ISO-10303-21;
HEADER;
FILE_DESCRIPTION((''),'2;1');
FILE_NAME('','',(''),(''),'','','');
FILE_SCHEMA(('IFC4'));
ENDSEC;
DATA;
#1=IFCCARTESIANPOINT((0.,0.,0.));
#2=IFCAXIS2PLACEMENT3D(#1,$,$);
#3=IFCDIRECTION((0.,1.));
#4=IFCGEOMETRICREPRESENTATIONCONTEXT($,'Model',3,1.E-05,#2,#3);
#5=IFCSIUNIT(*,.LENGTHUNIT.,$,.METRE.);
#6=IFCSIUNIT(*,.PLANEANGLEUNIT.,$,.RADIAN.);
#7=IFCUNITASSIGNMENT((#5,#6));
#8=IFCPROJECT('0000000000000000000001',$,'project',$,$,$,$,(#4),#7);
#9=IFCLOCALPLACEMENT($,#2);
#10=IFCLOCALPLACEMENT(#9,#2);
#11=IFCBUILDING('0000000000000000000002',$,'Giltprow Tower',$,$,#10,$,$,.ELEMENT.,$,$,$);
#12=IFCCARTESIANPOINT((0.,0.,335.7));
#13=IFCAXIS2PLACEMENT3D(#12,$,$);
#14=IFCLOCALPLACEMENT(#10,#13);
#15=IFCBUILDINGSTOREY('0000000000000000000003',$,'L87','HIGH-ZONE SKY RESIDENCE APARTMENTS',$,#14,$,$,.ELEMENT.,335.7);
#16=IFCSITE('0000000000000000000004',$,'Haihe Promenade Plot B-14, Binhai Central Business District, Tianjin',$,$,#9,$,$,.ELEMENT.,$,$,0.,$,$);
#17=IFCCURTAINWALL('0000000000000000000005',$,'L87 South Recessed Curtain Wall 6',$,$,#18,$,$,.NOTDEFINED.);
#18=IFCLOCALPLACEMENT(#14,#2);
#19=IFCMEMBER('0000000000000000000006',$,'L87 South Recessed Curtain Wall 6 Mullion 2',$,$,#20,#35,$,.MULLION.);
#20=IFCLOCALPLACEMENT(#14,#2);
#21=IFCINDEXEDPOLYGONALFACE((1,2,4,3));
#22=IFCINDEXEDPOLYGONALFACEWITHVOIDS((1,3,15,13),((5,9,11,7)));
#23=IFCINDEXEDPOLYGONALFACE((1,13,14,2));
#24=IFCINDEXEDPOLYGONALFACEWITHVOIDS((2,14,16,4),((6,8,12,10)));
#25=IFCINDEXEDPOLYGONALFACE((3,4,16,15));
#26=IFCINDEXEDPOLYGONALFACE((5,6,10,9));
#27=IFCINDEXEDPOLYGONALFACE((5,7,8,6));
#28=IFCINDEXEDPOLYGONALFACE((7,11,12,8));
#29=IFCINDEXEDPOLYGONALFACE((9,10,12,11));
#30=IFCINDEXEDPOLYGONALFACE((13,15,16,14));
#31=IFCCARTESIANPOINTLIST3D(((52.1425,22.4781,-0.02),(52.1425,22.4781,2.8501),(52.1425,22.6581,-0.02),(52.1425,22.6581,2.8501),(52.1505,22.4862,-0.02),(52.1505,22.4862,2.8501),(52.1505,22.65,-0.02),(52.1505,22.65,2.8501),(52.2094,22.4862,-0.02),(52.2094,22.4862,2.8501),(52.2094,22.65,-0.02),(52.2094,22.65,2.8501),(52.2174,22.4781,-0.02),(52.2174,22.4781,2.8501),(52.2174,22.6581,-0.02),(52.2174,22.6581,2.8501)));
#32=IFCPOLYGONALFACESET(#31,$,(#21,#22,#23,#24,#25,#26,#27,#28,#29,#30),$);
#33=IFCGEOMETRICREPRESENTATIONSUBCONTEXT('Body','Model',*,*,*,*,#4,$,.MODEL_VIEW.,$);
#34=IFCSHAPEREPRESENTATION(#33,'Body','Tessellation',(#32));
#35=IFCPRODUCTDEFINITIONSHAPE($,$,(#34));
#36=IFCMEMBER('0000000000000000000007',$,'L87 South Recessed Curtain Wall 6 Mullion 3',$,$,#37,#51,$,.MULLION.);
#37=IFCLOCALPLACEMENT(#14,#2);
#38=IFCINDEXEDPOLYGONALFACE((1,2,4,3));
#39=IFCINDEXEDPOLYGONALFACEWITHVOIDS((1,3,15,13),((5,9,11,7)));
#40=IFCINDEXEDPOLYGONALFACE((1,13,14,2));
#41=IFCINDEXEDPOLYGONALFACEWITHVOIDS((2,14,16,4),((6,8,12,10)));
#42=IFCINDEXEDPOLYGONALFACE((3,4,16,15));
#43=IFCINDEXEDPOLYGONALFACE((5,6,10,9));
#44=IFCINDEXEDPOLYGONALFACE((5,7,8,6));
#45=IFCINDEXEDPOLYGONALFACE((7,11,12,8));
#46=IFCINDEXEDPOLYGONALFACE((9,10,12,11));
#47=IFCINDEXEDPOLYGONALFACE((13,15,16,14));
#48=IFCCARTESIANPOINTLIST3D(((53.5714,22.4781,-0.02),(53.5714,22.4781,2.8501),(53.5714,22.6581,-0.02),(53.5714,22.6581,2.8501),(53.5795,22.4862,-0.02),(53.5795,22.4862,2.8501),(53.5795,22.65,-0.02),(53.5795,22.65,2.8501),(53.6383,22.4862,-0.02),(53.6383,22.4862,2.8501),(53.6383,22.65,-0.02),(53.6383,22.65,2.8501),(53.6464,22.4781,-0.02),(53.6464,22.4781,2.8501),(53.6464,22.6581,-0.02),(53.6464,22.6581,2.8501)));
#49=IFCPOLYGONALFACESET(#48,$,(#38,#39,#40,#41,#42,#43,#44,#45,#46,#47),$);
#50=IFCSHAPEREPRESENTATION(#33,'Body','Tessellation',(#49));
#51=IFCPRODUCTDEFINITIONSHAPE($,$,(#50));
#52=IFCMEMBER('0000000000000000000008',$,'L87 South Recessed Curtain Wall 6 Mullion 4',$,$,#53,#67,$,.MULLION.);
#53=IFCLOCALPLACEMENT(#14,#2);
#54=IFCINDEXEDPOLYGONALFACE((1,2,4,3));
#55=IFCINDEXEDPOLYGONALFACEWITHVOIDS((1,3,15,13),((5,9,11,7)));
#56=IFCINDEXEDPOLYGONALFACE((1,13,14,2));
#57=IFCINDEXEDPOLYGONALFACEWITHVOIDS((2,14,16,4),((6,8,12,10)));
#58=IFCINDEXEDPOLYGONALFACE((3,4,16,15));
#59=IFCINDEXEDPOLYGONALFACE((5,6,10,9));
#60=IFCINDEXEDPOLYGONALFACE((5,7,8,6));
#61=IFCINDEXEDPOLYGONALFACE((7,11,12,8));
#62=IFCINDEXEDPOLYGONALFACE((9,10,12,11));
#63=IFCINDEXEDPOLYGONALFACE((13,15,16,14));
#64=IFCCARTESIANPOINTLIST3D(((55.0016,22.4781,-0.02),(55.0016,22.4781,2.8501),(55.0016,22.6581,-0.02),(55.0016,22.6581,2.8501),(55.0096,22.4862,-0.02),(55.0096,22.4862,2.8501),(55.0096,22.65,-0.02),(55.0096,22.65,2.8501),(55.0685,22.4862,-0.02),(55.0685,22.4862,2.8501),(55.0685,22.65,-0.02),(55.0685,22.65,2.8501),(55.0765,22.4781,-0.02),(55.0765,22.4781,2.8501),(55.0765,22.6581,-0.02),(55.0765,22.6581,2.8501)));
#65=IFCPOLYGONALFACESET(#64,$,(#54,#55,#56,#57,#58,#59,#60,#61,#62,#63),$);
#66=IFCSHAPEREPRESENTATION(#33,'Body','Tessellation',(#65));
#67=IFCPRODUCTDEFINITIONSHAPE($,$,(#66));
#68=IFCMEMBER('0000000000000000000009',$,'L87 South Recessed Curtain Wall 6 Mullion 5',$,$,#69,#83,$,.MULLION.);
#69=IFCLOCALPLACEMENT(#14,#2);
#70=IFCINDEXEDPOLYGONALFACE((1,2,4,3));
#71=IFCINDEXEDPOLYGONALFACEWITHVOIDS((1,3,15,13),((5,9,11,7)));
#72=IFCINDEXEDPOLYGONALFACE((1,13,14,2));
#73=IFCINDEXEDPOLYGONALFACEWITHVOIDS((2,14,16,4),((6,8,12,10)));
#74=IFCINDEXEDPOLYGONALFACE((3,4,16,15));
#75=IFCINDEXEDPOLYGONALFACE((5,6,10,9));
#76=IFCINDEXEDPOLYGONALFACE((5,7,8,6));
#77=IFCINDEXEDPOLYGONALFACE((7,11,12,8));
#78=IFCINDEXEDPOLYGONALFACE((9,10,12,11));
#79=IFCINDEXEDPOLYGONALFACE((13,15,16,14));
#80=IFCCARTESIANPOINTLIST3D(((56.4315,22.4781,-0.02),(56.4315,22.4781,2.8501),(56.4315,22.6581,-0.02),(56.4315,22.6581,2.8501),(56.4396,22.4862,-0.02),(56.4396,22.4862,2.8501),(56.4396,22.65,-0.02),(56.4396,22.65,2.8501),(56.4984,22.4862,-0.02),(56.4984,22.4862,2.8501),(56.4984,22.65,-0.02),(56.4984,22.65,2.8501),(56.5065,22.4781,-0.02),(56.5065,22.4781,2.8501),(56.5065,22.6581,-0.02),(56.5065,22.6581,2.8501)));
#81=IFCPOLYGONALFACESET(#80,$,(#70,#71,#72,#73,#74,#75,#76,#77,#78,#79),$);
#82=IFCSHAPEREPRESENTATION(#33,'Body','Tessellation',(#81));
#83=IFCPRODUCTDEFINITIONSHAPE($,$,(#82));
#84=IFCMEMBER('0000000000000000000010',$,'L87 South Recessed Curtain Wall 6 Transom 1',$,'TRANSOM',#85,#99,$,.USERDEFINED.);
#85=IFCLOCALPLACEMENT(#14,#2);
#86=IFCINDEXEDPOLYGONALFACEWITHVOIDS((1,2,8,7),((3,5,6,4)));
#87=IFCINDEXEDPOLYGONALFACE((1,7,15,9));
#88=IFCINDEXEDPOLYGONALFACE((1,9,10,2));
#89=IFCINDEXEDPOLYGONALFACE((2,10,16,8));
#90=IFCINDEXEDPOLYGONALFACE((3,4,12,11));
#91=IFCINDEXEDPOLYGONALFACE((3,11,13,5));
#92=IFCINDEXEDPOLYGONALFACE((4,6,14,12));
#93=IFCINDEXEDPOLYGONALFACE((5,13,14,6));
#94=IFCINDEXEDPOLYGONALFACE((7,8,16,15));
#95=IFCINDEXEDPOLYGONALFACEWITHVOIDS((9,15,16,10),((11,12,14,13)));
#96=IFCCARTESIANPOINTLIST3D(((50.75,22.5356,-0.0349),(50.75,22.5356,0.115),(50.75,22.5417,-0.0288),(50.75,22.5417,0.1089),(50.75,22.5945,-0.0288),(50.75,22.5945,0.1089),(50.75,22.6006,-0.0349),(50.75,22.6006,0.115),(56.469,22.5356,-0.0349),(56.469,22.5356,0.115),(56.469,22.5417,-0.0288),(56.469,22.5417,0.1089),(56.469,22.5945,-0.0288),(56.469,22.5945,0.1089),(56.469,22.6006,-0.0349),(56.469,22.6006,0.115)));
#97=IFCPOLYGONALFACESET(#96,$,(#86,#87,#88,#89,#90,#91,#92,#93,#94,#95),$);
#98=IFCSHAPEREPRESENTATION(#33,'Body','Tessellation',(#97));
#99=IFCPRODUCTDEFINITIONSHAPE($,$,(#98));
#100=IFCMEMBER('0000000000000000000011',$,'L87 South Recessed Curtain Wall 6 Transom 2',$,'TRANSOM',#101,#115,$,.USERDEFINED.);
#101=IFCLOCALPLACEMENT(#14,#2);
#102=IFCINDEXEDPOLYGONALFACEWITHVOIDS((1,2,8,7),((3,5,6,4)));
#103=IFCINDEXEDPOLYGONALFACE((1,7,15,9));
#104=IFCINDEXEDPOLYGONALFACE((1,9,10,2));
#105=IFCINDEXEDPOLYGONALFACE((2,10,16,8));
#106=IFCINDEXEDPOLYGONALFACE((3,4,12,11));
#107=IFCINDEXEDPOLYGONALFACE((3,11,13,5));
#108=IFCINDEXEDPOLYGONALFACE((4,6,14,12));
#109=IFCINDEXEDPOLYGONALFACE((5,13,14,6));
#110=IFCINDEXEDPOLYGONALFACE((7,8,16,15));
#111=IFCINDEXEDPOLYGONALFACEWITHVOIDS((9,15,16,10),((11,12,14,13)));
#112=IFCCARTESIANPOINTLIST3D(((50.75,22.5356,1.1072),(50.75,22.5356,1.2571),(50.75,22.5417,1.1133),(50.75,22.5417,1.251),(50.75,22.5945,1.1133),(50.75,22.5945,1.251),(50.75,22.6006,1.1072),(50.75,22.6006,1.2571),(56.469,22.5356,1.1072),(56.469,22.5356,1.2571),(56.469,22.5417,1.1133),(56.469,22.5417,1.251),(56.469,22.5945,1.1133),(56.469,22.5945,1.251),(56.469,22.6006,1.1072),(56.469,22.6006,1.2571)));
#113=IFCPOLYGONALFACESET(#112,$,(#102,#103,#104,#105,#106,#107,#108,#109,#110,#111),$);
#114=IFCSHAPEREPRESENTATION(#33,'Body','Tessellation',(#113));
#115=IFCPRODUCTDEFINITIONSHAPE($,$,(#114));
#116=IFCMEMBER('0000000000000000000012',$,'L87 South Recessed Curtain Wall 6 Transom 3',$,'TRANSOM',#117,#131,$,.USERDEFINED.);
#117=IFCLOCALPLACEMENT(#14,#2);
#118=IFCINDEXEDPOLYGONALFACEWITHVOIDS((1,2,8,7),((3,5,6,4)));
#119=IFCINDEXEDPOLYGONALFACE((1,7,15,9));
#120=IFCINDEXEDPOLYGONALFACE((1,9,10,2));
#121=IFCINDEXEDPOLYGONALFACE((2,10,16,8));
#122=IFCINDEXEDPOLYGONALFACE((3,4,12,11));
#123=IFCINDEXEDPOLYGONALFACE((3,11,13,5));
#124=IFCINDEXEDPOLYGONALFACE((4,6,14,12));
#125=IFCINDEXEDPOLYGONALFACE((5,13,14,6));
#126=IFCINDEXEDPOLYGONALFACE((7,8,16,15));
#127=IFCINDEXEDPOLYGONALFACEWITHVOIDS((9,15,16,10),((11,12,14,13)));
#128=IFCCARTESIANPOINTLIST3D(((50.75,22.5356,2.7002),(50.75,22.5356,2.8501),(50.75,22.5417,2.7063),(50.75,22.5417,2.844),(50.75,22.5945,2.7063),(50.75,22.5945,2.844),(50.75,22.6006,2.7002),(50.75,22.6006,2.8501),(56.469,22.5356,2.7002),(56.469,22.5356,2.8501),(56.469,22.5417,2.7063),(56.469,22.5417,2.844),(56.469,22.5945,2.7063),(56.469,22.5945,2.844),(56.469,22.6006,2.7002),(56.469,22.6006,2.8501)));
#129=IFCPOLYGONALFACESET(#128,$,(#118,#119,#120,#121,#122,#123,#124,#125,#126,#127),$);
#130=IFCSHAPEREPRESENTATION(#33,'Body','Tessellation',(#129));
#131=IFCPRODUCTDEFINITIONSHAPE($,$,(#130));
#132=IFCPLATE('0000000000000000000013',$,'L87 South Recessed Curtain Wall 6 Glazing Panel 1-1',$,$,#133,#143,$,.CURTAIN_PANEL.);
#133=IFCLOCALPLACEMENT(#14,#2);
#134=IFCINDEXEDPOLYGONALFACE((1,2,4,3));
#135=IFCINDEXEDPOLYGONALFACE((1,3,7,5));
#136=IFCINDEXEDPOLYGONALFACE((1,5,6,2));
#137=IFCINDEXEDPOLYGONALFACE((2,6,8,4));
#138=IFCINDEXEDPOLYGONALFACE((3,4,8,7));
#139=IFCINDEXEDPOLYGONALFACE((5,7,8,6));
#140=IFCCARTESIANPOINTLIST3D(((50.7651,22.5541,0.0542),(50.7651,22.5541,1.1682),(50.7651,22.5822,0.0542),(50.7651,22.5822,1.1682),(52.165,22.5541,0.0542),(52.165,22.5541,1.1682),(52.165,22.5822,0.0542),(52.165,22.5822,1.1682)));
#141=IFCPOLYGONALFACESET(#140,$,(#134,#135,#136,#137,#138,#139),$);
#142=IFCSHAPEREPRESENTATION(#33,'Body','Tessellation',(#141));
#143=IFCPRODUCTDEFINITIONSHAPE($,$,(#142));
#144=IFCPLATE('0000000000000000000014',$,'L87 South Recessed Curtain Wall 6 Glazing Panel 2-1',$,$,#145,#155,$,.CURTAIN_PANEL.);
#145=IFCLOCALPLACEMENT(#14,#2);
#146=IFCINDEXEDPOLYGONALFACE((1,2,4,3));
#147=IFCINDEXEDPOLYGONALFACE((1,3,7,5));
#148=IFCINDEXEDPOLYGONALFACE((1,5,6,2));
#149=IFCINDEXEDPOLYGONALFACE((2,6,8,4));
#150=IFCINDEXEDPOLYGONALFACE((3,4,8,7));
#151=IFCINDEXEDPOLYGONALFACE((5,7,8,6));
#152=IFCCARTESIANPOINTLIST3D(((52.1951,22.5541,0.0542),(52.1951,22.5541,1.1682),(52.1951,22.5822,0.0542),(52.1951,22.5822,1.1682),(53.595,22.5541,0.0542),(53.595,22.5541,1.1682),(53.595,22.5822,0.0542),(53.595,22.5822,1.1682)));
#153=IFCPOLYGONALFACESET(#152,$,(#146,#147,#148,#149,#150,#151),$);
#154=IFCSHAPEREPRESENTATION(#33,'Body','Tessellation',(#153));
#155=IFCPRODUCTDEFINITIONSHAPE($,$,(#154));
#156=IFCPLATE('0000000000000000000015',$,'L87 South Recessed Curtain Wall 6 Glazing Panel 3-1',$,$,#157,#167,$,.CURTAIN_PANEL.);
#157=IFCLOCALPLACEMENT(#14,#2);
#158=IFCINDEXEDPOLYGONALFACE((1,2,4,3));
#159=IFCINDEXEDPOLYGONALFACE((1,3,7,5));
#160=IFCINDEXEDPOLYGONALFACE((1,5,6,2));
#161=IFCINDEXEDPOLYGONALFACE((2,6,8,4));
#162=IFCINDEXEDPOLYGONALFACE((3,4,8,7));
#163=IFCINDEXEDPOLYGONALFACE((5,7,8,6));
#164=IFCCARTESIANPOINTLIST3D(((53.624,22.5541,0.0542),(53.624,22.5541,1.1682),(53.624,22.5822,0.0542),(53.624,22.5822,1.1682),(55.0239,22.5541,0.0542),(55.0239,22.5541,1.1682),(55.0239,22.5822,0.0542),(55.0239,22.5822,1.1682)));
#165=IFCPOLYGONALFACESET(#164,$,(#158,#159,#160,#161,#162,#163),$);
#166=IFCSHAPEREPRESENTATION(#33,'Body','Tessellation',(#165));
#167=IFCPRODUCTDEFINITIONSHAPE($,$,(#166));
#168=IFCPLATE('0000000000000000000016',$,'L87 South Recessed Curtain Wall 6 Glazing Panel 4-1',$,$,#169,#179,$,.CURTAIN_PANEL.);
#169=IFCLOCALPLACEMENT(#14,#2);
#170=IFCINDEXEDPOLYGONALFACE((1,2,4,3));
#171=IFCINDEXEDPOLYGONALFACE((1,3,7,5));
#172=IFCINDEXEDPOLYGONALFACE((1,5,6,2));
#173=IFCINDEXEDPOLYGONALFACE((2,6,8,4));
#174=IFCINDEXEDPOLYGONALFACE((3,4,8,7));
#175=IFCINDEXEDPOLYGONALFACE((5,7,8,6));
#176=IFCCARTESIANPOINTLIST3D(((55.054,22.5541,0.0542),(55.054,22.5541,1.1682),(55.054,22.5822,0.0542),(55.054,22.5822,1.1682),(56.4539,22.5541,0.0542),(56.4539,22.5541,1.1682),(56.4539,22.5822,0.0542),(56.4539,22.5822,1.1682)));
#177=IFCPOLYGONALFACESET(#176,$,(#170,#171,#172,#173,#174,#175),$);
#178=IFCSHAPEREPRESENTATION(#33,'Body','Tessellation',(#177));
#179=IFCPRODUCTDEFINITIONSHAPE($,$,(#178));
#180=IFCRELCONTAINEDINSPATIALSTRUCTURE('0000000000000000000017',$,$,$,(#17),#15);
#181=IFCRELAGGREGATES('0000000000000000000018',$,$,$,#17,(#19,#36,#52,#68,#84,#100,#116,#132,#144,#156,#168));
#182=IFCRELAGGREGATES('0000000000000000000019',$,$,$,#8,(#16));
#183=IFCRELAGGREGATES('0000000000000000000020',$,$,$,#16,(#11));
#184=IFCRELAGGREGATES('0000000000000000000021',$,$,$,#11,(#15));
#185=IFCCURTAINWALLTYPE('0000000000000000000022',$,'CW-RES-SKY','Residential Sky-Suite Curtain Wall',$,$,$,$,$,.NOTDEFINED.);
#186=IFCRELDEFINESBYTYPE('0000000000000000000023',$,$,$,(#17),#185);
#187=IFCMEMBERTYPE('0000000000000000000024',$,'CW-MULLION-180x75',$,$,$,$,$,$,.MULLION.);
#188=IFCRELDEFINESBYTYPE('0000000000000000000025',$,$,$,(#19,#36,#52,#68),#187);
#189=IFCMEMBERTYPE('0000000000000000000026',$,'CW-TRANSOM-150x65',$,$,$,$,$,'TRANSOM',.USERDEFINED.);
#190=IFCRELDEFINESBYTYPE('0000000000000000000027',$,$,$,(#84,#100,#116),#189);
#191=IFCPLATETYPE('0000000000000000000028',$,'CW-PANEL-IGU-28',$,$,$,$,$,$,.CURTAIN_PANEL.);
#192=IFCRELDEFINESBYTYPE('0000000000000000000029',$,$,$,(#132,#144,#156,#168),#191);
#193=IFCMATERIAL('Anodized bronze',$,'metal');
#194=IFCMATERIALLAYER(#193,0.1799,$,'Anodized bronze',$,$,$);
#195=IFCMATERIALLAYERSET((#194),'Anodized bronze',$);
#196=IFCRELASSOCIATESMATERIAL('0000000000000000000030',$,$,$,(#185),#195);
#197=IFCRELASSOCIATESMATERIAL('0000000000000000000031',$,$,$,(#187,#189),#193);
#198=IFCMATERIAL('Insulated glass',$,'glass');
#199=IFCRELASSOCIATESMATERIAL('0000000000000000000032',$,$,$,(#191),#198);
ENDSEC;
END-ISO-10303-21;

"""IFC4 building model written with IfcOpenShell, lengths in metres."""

from ifc_helpers import new_model, si_unit, direction, frame, origin, origin_2d, place, context, subcontext, project, spatial, rectangle, hollow_rectangle, extrude, source, transform, mapped, material, layer, layer_set, material_profile, profile_set, type_object, element, aggregate, save


model = new_model("IFC4")

# Units and contexts
model_context = context("Model", 3, precision=1e-05, world=origin(), true_north=direction((0.0, 1.0)))
body_context = subcontext(model_context, "Body", "Model", "MODEL_VIEW")
ifc_project = project(units=[si_unit("LENGTHUNIT", "METRE"), si_unit("PLANEANGLEUNIT", "RADIAN")], contexts=[model_context])

# Site, building, storey
site_placement = place(None, origin())
site = spatial("IfcSite", under=ifc_project, at=site_placement, Name="Haihe Promenade Plot B-14, Binhai Central Business District, Tianjin", CompositionType="ELEMENT", RefElevation=0.0)
building_placement = place(site_placement, origin())
building = spatial("IfcBuilding", under=site, at=building_placement, Name="Giltprow Tower", CompositionType="ELEMENT")
storey_placement = place(building_placement, frame((0.0, 0.0, 335.7)))
storey = spatial("IfcBuildingStorey", under=building, at=storey_placement, Name="L87", Description="HIGH-ZONE SKY RESIDENCE APARTMENTS", CompositionType="ELEMENT", Elevation=335.7)

# Curtain wall, members, plates
ifc_material_1 = material(Name="Anodized bronze", Category="metal")
ifc_layer_1 = layer(ifc_material_1, 0.1799, Name="Anodized bronze")
ifc_layer_set_1 = layer_set([ifc_layer_1], Name="Anodized bronze")
curtain_wall_type = type_object("IfcCurtainWallType", Name="CW-RES-SKY", Description="Residential Sky-Suite Curtain Wall", PredefinedType="NOTDEFINED", material=ifc_layer_set_1)
curtain_wall_placement = place(storey_placement, origin())
curtain_wall = element("IfcCurtainWall", 1, at=curtain_wall_placement, inside=storey, type_object=curtain_wall_type, Name="L87 South Recessed Curtain Wall 6", PredefinedType="NOTDEFINED")
ifc_material_profile_1 = material_profile(ifc_material_1, hollow_rectangle(XDim=0.075, YDim=0.1799, WallThickness=0.0081, at=origin_2d()), Name="RHS 180x75x8")
ifc_profile_set_1 = profile_set([ifc_material_profile_1], Name="Anodized bronze")
member_type_1 = type_object("IfcMemberType", Name="CW-MULLION-180x75", PredefinedType="MULLION", material=ifc_profile_set_1)
shared_shape_1 = source(origin(), body_context, "Body", "SweptSolid", [
    extrude(hollow_rectangle(XDim=0.075, YDim=0.1799, WallThickness=0.0081, at=origin_2d()), origin(), (0.0, 0.0, 1.0), 2.8701),
])
member_1_placement = place(storey_placement, frame((52.1799, 22.5681, -0.02), z_axis=(0.0, 0.0, 1.0), x_axis=(1.0, 0.0, 0.0)))
member_1 = element("IfcMember", 2, at=member_1_placement, type_object=member_type_1, Name="L87 South Recessed Curtain Wall 6 Mullion 2", PredefinedType="MULLION", context=body_context, shape_type="MappedRepresentation", body=[
    mapped(shared_shape_1, transform((0.0, 0.0, 0.0), x_axis=(1.0, 0.0, 0.0), y_axis=(0.0, 1.0, 0.0), z_axis=(0.0, 0.0, 1.0), scale=1.0)),
])
member_2_placement = place(storey_placement, frame((53.6089, 22.5681, -0.02), z_axis=(0.0, 0.0, 1.0), x_axis=(1.0, 0.0, 0.0)))
member_2 = element("IfcMember", 3, at=member_2_placement, type_object=member_type_1, Name="L87 South Recessed Curtain Wall 6 Mullion 3", PredefinedType="MULLION", context=body_context, shape_type="MappedRepresentation", body=[
    mapped(shared_shape_1, transform((0.0, 0.0, 0.0), x_axis=(1.0, 0.0, 0.0), y_axis=(0.0, 1.0, 0.0), z_axis=(0.0, 0.0, 1.0), scale=1.0)),
])
member_3_placement = place(storey_placement, frame((55.0391, 22.5681, -0.02), z_axis=(0.0, 0.0, 1.0), x_axis=(1.0, 0.0, 0.0)))
member_3 = element("IfcMember", 4, at=member_3_placement, type_object=member_type_1, Name="L87 South Recessed Curtain Wall 6 Mullion 4", PredefinedType="MULLION", context=body_context, shape_type="MappedRepresentation", body=[
    mapped(shared_shape_1, transform((0.0, 0.0, 0.0), x_axis=(1.0, 0.0, 0.0), y_axis=(0.0, 1.0, 0.0), z_axis=(0.0, 0.0, 1.0), scale=1.0)),
])
member_4_placement = place(storey_placement, frame((56.469, 22.5681, -0.02), z_axis=(0.0, 0.0, 1.0), x_axis=(1.0, 0.0, 0.0)))
member_4 = element("IfcMember", 5, at=member_4_placement, type_object=member_type_1, Name="L87 South Recessed Curtain Wall 6 Mullion 5", PredefinedType="MULLION", context=body_context, shape_type="MappedRepresentation", body=[
    mapped(shared_shape_1, transform((0.0, 0.0, 0.0), x_axis=(1.0, 0.0, 0.0), y_axis=(0.0, 1.0, 0.0), z_axis=(0.0, 0.0, 1.0), scale=1.0)),
])
ifc_material_profile_2 = material_profile(ifc_material_1, hollow_rectangle(XDim=0.0649, YDim=0.1499, WallThickness=0.0061, at=origin_2d()), Name="RHS 150x65x6")
ifc_profile_set_2 = profile_set([ifc_material_profile_2], Name="Anodized bronze")
member_type_2 = type_object("IfcMemberType", Name="CW-TRANSOM-150x65", ElementType="TRANSOM", PredefinedType="USERDEFINED", material=ifc_profile_set_2)
shared_shape_2 = source(origin(), body_context, "Body", "SweptSolid", [
    extrude(hollow_rectangle(XDim=0.0649, YDim=0.1499, WallThickness=0.0061, at=origin_2d()), origin(), (0.0, 0.0, 1.0), 5.719),
])
member_5_placement = place(storey_placement, frame((50.75, 22.5681, 0.04), z_axis=(1.0, 0.0, 0.0), x_axis=(0.0, 1.0, 0.0)))
member_5 = element("IfcMember", 6, at=member_5_placement, type_object=member_type_2, Name="L87 South Recessed Curtain Wall 6 Transom 1", ObjectType="TRANSOM", PredefinedType="USERDEFINED", context=body_context, shape_type="MappedRepresentation", body=[
    mapped(shared_shape_2, transform((0.0, 0.0, 0.0), x_axis=(1.0, 0.0, 0.0), y_axis=(0.0, 1.0, 0.0), z_axis=(0.0, 0.0, 1.0), scale=1.0)),
])
member_6_placement = place(storey_placement, frame((50.75, 22.5681, 1.1821), z_axis=(1.0, 0.0, 0.0), x_axis=(0.0, 1.0, 0.0)))
member_6 = element("IfcMember", 7, at=member_6_placement, type_object=member_type_2, Name="L87 South Recessed Curtain Wall 6 Transom 2", ObjectType="TRANSOM", PredefinedType="USERDEFINED", context=body_context, shape_type="MappedRepresentation", body=[
    mapped(shared_shape_2, transform((0.0, 0.0, 0.0), x_axis=(1.0, 0.0, 0.0), y_axis=(0.0, 1.0, 0.0), z_axis=(0.0, 0.0, 1.0), scale=1.0)),
])
member_7_placement = place(storey_placement, frame((50.75, 22.5681, 2.7751), z_axis=(1.0, 0.0, 0.0), x_axis=(0.0, 1.0, 0.0)))
member_7 = element("IfcMember", 8, at=member_7_placement, type_object=member_type_2, Name="L87 South Recessed Curtain Wall 6 Transom 3", ObjectType="TRANSOM", PredefinedType="USERDEFINED", context=body_context, shape_type="MappedRepresentation", body=[
    mapped(shared_shape_2, transform((0.0, 0.0, 0.0), x_axis=(1.0, 0.0, 0.0), y_axis=(0.0, 1.0, 0.0), z_axis=(0.0, 0.0, 1.0), scale=1.0)),
])
ifc_material_2 = material(Name="Insulated glass", Category="glass")
plate_type = type_object("IfcPlateType", Name="CW-PANEL-IGU-28", PredefinedType="CURTAIN_PANEL", material=ifc_material_2)
shared_shape_3 = source(origin(), body_context, "Body", "SweptSolid", [
    extrude(rectangle(XDim=1.3999, YDim=0.0281, at=origin_2d()), origin(), (0.0, 0.0, 1.0), 1.114),
])
plate_1_placement = place(storey_placement, frame((51.4651, 22.5681, 0.0542), z_axis=(0.0, 0.0, 1.0), x_axis=(1.0, 0.0, 0.0)))
plate_1 = element("IfcPlate", 9, at=plate_1_placement, type_object=plate_type, Name="L87 South Recessed Curtain Wall 6 Glazing Panel 1-1", PredefinedType="CURTAIN_PANEL", context=body_context, shape_type="MappedRepresentation", body=[
    mapped(shared_shape_3, transform((0.0, 0.0, 0.0), x_axis=(1.0, 0.0, 0.0), y_axis=(0.0, 1.0, 0.0), z_axis=(0.0, 0.0, 1.0), scale=1.0)),
])
plate_2_placement = place(storey_placement, frame((52.895, 22.5681, 0.0542), z_axis=(0.0, 0.0, 1.0), x_axis=(1.0, 0.0, 0.0)))
plate_2 = element("IfcPlate", 10, at=plate_2_placement, type_object=plate_type, Name="L87 South Recessed Curtain Wall 6 Glazing Panel 2-1", PredefinedType="CURTAIN_PANEL", context=body_context, shape_type="MappedRepresentation", body=[
    mapped(shared_shape_3, transform((0.0, 0.0, 0.0), x_axis=(1.0, 0.0, 0.0), y_axis=(0.0, 1.0, 0.0), z_axis=(0.0, 0.0, 1.0), scale=1.0)),
])
plate_3_placement = place(storey_placement, frame((54.324, 22.5681, 0.0542), z_axis=(0.0, 0.0, 1.0), x_axis=(1.0, 0.0, 0.0)))
plate_3 = element("IfcPlate", 11, at=plate_3_placement, type_object=plate_type, Name="L87 South Recessed Curtain Wall 6 Glazing Panel 3-1", PredefinedType="CURTAIN_PANEL", context=body_context, shape_type="MappedRepresentation", body=[
    mapped(shared_shape_3, transform((0.0, 0.0, 0.0), x_axis=(1.0, 0.0, 0.0), y_axis=(0.0, 1.0, 0.0), z_axis=(0.0, 0.0, 1.0), scale=1.0)),
])
plate_4_placement = place(storey_placement, frame((55.7539, 22.5681, 0.0542), z_axis=(0.0, 0.0, 1.0), x_axis=(1.0, 0.0, 0.0)))
plate_4 = element("IfcPlate", 12, at=plate_4_placement, type_object=plate_type, Name="L87 South Recessed Curtain Wall 6 Glazing Panel 4-1", PredefinedType="CURTAIN_PANEL", context=body_context, shape_type="MappedRepresentation", body=[
    mapped(shared_shape_3, transform((0.0, 0.0, 0.0), x_axis=(1.0, 0.0, 0.0), y_axis=(0.0, 1.0, 0.0), z_axis=(0.0, 0.0, 1.0), scale=1.0)),
])
aggregate(curtain_wall, [member_1, member_2, member_3, member_4, member_5, member_6, member_7, plate_1, plate_2, plate_3, plate_4])

save(model, "model.ifc")
